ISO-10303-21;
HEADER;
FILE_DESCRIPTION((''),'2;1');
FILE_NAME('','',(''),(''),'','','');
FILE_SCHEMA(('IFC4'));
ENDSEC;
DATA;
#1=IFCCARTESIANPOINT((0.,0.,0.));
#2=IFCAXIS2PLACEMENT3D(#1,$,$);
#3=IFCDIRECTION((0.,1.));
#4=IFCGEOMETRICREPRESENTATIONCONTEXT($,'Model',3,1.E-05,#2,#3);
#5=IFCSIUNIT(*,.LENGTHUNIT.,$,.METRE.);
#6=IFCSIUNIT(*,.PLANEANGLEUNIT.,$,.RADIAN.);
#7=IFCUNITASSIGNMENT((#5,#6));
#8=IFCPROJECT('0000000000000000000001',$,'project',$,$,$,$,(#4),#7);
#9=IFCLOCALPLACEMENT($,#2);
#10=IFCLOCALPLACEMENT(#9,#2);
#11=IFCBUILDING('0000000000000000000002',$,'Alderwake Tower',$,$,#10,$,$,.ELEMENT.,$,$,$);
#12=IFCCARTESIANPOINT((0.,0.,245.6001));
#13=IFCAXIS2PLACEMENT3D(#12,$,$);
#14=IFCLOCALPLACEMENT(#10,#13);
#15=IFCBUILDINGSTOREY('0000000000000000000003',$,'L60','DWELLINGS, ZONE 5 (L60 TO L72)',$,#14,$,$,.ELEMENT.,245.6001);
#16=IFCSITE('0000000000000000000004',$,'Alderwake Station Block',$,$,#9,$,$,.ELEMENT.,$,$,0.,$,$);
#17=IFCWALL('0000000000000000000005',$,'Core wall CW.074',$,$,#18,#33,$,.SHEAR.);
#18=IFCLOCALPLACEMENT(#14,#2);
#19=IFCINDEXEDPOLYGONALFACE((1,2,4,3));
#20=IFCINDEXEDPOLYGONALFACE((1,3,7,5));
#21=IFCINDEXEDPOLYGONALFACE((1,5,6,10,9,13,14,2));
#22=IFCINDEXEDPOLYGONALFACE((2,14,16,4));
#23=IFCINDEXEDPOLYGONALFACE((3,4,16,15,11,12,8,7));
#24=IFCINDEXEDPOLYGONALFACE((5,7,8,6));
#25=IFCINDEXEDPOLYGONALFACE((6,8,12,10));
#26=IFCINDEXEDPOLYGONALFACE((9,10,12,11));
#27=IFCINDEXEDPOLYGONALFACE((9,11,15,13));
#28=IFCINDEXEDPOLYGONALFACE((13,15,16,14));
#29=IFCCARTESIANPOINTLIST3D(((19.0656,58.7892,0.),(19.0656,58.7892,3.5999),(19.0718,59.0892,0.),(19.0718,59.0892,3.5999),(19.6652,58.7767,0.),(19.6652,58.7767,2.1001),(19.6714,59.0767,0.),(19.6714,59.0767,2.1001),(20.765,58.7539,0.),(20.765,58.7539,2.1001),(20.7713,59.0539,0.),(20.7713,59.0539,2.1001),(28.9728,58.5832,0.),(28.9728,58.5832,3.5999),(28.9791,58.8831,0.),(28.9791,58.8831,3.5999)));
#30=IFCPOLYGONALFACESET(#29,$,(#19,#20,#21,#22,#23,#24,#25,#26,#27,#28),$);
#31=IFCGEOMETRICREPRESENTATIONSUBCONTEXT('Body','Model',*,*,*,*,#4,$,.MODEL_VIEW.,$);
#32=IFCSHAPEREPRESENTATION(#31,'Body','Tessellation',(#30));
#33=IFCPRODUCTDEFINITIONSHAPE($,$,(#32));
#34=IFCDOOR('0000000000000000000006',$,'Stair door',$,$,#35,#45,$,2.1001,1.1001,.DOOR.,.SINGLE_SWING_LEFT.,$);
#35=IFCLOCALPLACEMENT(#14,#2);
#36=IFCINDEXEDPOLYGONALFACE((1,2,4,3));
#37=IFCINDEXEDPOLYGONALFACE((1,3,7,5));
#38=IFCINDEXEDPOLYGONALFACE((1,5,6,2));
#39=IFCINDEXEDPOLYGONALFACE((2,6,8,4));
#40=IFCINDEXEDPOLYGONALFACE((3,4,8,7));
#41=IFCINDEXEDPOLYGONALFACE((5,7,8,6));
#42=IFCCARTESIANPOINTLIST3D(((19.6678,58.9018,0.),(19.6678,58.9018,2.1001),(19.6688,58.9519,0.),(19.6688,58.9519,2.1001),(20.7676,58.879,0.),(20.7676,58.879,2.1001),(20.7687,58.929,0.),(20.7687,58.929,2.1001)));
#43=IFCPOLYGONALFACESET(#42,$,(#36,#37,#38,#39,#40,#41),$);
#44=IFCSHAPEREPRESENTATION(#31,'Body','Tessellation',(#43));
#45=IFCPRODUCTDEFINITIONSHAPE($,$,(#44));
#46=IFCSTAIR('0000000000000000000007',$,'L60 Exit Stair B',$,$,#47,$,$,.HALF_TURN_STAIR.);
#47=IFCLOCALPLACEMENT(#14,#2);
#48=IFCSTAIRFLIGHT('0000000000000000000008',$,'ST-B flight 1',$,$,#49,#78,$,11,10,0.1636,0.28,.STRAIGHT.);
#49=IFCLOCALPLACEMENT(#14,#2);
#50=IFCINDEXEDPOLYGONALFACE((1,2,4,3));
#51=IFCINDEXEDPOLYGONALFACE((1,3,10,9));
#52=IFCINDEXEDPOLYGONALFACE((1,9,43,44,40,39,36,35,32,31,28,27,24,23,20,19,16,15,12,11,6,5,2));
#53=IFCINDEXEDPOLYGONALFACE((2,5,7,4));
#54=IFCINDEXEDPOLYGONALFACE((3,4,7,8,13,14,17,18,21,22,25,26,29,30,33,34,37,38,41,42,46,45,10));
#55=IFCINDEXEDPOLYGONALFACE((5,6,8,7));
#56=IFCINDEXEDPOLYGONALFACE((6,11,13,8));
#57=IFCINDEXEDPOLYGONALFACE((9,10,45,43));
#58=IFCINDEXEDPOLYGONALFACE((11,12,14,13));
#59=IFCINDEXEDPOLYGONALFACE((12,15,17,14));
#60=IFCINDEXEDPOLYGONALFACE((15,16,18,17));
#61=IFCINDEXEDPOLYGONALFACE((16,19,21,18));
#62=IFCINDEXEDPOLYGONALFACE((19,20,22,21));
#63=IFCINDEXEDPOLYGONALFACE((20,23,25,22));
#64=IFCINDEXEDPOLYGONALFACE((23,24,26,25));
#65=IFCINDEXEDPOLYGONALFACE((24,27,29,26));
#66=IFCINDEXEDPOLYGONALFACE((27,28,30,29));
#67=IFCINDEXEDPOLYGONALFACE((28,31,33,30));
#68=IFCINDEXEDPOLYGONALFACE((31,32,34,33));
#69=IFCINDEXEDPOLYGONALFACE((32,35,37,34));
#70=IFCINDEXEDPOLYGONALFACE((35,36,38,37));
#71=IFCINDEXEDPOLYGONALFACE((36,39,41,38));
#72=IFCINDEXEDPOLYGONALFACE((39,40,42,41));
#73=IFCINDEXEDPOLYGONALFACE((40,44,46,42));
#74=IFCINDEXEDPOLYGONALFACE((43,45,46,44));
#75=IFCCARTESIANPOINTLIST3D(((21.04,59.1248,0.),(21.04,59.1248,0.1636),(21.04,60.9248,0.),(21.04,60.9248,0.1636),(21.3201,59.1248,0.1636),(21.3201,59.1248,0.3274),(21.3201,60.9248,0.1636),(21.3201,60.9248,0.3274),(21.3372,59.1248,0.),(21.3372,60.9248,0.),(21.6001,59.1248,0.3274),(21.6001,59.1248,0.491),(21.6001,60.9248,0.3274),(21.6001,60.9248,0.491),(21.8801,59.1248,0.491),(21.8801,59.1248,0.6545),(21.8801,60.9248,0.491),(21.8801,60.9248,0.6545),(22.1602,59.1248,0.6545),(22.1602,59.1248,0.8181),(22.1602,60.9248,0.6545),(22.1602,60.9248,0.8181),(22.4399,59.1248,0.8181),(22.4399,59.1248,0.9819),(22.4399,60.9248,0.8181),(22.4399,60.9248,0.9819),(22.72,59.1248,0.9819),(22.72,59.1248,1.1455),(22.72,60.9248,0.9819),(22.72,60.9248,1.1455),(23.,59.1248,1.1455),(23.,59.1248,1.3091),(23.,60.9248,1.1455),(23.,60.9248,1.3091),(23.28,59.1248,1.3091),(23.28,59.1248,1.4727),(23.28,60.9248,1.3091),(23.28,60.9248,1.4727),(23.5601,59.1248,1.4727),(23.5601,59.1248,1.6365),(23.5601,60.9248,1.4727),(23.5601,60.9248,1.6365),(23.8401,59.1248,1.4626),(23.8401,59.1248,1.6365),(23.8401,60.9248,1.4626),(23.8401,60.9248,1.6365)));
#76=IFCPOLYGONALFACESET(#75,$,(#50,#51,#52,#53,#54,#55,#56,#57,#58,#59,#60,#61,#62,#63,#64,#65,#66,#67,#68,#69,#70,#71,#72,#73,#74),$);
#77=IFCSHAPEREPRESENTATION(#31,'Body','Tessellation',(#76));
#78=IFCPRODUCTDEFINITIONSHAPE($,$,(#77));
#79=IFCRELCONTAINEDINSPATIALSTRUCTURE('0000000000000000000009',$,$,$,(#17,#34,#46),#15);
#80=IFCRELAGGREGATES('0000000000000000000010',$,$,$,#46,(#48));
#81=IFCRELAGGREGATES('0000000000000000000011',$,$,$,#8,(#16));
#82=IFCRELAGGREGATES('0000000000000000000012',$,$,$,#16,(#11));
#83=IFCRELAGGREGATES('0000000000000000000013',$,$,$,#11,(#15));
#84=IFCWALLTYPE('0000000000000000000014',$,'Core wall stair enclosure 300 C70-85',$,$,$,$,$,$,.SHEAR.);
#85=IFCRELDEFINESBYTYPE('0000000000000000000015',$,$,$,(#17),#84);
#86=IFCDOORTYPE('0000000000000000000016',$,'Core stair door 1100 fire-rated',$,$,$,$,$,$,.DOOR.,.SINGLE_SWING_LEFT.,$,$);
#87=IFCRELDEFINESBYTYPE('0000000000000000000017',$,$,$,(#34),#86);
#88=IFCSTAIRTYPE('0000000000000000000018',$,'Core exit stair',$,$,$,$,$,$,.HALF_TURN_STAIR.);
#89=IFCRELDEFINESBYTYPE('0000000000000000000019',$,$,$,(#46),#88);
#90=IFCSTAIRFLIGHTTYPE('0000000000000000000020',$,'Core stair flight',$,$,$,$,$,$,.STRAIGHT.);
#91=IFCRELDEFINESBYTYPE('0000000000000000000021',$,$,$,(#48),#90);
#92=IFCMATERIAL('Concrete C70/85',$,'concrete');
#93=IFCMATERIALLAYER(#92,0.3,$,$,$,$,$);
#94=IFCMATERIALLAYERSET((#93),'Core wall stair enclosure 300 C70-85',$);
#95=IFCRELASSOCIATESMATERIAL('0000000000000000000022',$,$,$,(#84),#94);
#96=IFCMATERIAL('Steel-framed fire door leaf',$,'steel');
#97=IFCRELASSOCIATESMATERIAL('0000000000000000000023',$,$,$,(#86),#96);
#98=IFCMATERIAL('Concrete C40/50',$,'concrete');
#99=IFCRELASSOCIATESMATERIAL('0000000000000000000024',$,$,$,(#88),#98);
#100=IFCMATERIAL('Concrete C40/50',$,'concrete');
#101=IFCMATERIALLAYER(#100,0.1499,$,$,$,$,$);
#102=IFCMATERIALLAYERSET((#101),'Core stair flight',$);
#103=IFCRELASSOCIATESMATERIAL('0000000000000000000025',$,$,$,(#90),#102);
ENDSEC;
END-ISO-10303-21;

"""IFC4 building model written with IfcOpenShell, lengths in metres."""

from ifc_helpers import new_model, si_unit, direction, frame, frame_2d, origin, place, context, subcontext, project, spatial, polyline, rectangle, outline, extrude, material, layer, layer_set, type_object, element, fill, aggregate, save


model = new_model("IFC4")

# Units and contexts
model_context = context("Model", 3, precision=1e-05, world=origin(), true_north=direction((0.0, 1.0)))
body_context = subcontext(model_context, "Body", "Model", "MODEL_VIEW")
ifc_project = project(units=[si_unit("LENGTHUNIT", "METRE"), si_unit("PLANEANGLEUNIT", "RADIAN")], contexts=[model_context])

# Site, building, storey
site_placement = place(None, origin())
site = spatial("IfcSite", under=ifc_project, at=site_placement, Name="Alderwake Station Block", CompositionType="ELEMENT", RefElevation=0.0)
building_placement = place(site_placement, origin())
building = spatial("IfcBuilding", under=site, at=building_placement, Name="Alderwake Tower", CompositionType="ELEMENT")
storey_placement = place(building_placement, frame((0.0, 0.0, 245.6001)))
storey = spatial("IfcBuildingStorey", under=building, at=storey_placement, Name="L60", Description="DWELLINGS, ZONE 5 (L60 TO L72)", CompositionType="ELEMENT", Elevation=245.6001)

# Shared definitions
ifc_material_1 = material(Name="Concrete C70/85", Category="concrete")
ifc_layer_1 = layer(ifc_material_1, 0.3)
ifc_layer_set_1 = layer_set([ifc_layer_1], Name="Core wall stair enclosure 300 C70-85")
wall_type_1 = type_object("IfcWallType", Name="Core wall stair enclosure 300 C70-85", PredefinedType="SHEAR", material=ifc_layer_set_1)

# Wall, opening, door
wall_1_placement = place(storey_placement, frame((28.9758, 58.7332, 0.0), z_axis=(0.0, 0.0, 1.0), x_axis=(-0.999784, 0.020794, 0.0)))
wall_1 = element("IfcWall", 1, at=wall_1_placement, inside=storey, type_object=wall_type_1, Name="Core wall CW.074", PredefinedType="SHEAR", context=body_context, shape_type="SweptSolid", body=[
    extrude(rectangle(XDim=9.9094, YDim=0.3, at=frame_2d((4.9546, 0.0))), origin(), (0.0, 0.0, 1.0), 3.5999),
])
opening_1_placement = place(wall_1_placement, frame((8.2095, 0.0, 0.0)))
opening_1 = element("IfcOpeningElement", 2, at=opening_1_placement, cuts=wall_1, PredefinedType="OPENING", context=body_context, shape_type="SweptSolid", body=[
    extrude(rectangle(XDim=1.1001, YDim=2.1001, at=frame_2d((0.55, 1.05))), frame((0.0, 0.1599, 0.0), z_axis=(0.0, -1.0, 0.0), x_axis=(1.0, 0.0, 0.0)), (0.0, 0.0, 1.0), 0.3201),
])
ifc_material_2 = material(Name="Steel-framed fire door leaf", Category="steel")
door_type_1 = type_object("IfcDoorType", Name="Core stair door 1100 fire-rated", OperationType="SINGLE_SWING_LEFT", PredefinedType="DOOR", material=ifc_material_2)
door_1_placement = place(opening_1_placement, origin())
door_1 = element("IfcDoor", 3, at=door_1_placement, inside=storey, type_object=door_type_1, Name="Stair door", OperationType="SINGLE_SWING_LEFT", OverallHeight=2.1001, OverallWidth=1.1001, PredefinedType="DOOR", context=body_context, shape_type="SweptSolid", body=[
    extrude(rectangle(XDim=1.1001, YDim=2.1001, at=frame_2d((0.55, 1.05))), frame((0.0, 0.0249, 0.0), z_axis=(0.0, -1.0, 0.0), x_axis=(1.0, 0.0, 0.0)), (0.0, 0.0, 1.0), 0.05),
])
fill(opening_1, door_1)

# Stair, stair flight
ifc_material_3 = material(Name="Concrete C40/50", Category="concrete")
stair_type = type_object("IfcStairType", Name="Core exit stair", PredefinedType="HALF_TURN_STAIR", material=ifc_material_3)
stair_placement = place(storey_placement, origin())
stair = element("IfcStair", 4, at=stair_placement, inside=storey, type_object=stair_type, Name="L60 Exit Stair B", PredefinedType="HALF_TURN_STAIR")
ifc_material_4 = material(Name="Concrete C40/50", Category="concrete")
ifc_layer_2 = layer(ifc_material_4, 0.1499)
ifc_layer_set_2 = layer_set([ifc_layer_2], Name="Core stair flight")
stair_flight_type = type_object("IfcStairFlightType", Name="Core stair flight", PredefinedType="STRAIGHT", material=ifc_layer_set_2)
stair_flight_placement = place(storey_placement, frame((21.04, 60.0249, 0.0), z_axis=(0.0, 0.0, 1.0), x_axis=(1.0, 0.0, 0.0)))
stair_flight = element("IfcStairFlight", 5, at=stair_flight_placement, type_object=stair_flight_type, Name="ST-B flight 1", NumberOfRisers=11, NumberOfTreads=10, PredefinedType="STRAIGHT", RiserHeight=0.1636, TreadLength=0.28, context=body_context, shape_type="SweptSolid", body=[
    extrude(outline(polyline([(0.0, 0.0), (0.0, 0.1636), (0.28, 0.1636), (0.28, 0.3274), (0.5601, 0.3274), (0.5601, 0.491), (0.8401, 0.491), (0.8401, 0.6545), (1.1201, 0.6545), (1.1201, 0.8181), (1.3999, 0.8181), (1.3999, 0.9819), (1.6799, 0.9819), (1.6799, 1.1455), (1.96, 1.1455), (1.96, 1.3091), (2.24, 1.3091), (2.24, 1.4727), (2.52, 1.4727), (2.52, 1.6365), (2.8, 1.6365), (2.8, 1.8), (2.8, 1.4626), (0.2971, 0.0), (0.0, 0.0)])), frame((0.0, 0.8999, 0.0), z_axis=(0.0, -1.0, 0.0), x_axis=(1.0, 0.0, 0.0)), (0.0, 0.0, 1.0), 1.8),
])
aggregate(stair, [stair_flight])

save(model, "model.ifc")
